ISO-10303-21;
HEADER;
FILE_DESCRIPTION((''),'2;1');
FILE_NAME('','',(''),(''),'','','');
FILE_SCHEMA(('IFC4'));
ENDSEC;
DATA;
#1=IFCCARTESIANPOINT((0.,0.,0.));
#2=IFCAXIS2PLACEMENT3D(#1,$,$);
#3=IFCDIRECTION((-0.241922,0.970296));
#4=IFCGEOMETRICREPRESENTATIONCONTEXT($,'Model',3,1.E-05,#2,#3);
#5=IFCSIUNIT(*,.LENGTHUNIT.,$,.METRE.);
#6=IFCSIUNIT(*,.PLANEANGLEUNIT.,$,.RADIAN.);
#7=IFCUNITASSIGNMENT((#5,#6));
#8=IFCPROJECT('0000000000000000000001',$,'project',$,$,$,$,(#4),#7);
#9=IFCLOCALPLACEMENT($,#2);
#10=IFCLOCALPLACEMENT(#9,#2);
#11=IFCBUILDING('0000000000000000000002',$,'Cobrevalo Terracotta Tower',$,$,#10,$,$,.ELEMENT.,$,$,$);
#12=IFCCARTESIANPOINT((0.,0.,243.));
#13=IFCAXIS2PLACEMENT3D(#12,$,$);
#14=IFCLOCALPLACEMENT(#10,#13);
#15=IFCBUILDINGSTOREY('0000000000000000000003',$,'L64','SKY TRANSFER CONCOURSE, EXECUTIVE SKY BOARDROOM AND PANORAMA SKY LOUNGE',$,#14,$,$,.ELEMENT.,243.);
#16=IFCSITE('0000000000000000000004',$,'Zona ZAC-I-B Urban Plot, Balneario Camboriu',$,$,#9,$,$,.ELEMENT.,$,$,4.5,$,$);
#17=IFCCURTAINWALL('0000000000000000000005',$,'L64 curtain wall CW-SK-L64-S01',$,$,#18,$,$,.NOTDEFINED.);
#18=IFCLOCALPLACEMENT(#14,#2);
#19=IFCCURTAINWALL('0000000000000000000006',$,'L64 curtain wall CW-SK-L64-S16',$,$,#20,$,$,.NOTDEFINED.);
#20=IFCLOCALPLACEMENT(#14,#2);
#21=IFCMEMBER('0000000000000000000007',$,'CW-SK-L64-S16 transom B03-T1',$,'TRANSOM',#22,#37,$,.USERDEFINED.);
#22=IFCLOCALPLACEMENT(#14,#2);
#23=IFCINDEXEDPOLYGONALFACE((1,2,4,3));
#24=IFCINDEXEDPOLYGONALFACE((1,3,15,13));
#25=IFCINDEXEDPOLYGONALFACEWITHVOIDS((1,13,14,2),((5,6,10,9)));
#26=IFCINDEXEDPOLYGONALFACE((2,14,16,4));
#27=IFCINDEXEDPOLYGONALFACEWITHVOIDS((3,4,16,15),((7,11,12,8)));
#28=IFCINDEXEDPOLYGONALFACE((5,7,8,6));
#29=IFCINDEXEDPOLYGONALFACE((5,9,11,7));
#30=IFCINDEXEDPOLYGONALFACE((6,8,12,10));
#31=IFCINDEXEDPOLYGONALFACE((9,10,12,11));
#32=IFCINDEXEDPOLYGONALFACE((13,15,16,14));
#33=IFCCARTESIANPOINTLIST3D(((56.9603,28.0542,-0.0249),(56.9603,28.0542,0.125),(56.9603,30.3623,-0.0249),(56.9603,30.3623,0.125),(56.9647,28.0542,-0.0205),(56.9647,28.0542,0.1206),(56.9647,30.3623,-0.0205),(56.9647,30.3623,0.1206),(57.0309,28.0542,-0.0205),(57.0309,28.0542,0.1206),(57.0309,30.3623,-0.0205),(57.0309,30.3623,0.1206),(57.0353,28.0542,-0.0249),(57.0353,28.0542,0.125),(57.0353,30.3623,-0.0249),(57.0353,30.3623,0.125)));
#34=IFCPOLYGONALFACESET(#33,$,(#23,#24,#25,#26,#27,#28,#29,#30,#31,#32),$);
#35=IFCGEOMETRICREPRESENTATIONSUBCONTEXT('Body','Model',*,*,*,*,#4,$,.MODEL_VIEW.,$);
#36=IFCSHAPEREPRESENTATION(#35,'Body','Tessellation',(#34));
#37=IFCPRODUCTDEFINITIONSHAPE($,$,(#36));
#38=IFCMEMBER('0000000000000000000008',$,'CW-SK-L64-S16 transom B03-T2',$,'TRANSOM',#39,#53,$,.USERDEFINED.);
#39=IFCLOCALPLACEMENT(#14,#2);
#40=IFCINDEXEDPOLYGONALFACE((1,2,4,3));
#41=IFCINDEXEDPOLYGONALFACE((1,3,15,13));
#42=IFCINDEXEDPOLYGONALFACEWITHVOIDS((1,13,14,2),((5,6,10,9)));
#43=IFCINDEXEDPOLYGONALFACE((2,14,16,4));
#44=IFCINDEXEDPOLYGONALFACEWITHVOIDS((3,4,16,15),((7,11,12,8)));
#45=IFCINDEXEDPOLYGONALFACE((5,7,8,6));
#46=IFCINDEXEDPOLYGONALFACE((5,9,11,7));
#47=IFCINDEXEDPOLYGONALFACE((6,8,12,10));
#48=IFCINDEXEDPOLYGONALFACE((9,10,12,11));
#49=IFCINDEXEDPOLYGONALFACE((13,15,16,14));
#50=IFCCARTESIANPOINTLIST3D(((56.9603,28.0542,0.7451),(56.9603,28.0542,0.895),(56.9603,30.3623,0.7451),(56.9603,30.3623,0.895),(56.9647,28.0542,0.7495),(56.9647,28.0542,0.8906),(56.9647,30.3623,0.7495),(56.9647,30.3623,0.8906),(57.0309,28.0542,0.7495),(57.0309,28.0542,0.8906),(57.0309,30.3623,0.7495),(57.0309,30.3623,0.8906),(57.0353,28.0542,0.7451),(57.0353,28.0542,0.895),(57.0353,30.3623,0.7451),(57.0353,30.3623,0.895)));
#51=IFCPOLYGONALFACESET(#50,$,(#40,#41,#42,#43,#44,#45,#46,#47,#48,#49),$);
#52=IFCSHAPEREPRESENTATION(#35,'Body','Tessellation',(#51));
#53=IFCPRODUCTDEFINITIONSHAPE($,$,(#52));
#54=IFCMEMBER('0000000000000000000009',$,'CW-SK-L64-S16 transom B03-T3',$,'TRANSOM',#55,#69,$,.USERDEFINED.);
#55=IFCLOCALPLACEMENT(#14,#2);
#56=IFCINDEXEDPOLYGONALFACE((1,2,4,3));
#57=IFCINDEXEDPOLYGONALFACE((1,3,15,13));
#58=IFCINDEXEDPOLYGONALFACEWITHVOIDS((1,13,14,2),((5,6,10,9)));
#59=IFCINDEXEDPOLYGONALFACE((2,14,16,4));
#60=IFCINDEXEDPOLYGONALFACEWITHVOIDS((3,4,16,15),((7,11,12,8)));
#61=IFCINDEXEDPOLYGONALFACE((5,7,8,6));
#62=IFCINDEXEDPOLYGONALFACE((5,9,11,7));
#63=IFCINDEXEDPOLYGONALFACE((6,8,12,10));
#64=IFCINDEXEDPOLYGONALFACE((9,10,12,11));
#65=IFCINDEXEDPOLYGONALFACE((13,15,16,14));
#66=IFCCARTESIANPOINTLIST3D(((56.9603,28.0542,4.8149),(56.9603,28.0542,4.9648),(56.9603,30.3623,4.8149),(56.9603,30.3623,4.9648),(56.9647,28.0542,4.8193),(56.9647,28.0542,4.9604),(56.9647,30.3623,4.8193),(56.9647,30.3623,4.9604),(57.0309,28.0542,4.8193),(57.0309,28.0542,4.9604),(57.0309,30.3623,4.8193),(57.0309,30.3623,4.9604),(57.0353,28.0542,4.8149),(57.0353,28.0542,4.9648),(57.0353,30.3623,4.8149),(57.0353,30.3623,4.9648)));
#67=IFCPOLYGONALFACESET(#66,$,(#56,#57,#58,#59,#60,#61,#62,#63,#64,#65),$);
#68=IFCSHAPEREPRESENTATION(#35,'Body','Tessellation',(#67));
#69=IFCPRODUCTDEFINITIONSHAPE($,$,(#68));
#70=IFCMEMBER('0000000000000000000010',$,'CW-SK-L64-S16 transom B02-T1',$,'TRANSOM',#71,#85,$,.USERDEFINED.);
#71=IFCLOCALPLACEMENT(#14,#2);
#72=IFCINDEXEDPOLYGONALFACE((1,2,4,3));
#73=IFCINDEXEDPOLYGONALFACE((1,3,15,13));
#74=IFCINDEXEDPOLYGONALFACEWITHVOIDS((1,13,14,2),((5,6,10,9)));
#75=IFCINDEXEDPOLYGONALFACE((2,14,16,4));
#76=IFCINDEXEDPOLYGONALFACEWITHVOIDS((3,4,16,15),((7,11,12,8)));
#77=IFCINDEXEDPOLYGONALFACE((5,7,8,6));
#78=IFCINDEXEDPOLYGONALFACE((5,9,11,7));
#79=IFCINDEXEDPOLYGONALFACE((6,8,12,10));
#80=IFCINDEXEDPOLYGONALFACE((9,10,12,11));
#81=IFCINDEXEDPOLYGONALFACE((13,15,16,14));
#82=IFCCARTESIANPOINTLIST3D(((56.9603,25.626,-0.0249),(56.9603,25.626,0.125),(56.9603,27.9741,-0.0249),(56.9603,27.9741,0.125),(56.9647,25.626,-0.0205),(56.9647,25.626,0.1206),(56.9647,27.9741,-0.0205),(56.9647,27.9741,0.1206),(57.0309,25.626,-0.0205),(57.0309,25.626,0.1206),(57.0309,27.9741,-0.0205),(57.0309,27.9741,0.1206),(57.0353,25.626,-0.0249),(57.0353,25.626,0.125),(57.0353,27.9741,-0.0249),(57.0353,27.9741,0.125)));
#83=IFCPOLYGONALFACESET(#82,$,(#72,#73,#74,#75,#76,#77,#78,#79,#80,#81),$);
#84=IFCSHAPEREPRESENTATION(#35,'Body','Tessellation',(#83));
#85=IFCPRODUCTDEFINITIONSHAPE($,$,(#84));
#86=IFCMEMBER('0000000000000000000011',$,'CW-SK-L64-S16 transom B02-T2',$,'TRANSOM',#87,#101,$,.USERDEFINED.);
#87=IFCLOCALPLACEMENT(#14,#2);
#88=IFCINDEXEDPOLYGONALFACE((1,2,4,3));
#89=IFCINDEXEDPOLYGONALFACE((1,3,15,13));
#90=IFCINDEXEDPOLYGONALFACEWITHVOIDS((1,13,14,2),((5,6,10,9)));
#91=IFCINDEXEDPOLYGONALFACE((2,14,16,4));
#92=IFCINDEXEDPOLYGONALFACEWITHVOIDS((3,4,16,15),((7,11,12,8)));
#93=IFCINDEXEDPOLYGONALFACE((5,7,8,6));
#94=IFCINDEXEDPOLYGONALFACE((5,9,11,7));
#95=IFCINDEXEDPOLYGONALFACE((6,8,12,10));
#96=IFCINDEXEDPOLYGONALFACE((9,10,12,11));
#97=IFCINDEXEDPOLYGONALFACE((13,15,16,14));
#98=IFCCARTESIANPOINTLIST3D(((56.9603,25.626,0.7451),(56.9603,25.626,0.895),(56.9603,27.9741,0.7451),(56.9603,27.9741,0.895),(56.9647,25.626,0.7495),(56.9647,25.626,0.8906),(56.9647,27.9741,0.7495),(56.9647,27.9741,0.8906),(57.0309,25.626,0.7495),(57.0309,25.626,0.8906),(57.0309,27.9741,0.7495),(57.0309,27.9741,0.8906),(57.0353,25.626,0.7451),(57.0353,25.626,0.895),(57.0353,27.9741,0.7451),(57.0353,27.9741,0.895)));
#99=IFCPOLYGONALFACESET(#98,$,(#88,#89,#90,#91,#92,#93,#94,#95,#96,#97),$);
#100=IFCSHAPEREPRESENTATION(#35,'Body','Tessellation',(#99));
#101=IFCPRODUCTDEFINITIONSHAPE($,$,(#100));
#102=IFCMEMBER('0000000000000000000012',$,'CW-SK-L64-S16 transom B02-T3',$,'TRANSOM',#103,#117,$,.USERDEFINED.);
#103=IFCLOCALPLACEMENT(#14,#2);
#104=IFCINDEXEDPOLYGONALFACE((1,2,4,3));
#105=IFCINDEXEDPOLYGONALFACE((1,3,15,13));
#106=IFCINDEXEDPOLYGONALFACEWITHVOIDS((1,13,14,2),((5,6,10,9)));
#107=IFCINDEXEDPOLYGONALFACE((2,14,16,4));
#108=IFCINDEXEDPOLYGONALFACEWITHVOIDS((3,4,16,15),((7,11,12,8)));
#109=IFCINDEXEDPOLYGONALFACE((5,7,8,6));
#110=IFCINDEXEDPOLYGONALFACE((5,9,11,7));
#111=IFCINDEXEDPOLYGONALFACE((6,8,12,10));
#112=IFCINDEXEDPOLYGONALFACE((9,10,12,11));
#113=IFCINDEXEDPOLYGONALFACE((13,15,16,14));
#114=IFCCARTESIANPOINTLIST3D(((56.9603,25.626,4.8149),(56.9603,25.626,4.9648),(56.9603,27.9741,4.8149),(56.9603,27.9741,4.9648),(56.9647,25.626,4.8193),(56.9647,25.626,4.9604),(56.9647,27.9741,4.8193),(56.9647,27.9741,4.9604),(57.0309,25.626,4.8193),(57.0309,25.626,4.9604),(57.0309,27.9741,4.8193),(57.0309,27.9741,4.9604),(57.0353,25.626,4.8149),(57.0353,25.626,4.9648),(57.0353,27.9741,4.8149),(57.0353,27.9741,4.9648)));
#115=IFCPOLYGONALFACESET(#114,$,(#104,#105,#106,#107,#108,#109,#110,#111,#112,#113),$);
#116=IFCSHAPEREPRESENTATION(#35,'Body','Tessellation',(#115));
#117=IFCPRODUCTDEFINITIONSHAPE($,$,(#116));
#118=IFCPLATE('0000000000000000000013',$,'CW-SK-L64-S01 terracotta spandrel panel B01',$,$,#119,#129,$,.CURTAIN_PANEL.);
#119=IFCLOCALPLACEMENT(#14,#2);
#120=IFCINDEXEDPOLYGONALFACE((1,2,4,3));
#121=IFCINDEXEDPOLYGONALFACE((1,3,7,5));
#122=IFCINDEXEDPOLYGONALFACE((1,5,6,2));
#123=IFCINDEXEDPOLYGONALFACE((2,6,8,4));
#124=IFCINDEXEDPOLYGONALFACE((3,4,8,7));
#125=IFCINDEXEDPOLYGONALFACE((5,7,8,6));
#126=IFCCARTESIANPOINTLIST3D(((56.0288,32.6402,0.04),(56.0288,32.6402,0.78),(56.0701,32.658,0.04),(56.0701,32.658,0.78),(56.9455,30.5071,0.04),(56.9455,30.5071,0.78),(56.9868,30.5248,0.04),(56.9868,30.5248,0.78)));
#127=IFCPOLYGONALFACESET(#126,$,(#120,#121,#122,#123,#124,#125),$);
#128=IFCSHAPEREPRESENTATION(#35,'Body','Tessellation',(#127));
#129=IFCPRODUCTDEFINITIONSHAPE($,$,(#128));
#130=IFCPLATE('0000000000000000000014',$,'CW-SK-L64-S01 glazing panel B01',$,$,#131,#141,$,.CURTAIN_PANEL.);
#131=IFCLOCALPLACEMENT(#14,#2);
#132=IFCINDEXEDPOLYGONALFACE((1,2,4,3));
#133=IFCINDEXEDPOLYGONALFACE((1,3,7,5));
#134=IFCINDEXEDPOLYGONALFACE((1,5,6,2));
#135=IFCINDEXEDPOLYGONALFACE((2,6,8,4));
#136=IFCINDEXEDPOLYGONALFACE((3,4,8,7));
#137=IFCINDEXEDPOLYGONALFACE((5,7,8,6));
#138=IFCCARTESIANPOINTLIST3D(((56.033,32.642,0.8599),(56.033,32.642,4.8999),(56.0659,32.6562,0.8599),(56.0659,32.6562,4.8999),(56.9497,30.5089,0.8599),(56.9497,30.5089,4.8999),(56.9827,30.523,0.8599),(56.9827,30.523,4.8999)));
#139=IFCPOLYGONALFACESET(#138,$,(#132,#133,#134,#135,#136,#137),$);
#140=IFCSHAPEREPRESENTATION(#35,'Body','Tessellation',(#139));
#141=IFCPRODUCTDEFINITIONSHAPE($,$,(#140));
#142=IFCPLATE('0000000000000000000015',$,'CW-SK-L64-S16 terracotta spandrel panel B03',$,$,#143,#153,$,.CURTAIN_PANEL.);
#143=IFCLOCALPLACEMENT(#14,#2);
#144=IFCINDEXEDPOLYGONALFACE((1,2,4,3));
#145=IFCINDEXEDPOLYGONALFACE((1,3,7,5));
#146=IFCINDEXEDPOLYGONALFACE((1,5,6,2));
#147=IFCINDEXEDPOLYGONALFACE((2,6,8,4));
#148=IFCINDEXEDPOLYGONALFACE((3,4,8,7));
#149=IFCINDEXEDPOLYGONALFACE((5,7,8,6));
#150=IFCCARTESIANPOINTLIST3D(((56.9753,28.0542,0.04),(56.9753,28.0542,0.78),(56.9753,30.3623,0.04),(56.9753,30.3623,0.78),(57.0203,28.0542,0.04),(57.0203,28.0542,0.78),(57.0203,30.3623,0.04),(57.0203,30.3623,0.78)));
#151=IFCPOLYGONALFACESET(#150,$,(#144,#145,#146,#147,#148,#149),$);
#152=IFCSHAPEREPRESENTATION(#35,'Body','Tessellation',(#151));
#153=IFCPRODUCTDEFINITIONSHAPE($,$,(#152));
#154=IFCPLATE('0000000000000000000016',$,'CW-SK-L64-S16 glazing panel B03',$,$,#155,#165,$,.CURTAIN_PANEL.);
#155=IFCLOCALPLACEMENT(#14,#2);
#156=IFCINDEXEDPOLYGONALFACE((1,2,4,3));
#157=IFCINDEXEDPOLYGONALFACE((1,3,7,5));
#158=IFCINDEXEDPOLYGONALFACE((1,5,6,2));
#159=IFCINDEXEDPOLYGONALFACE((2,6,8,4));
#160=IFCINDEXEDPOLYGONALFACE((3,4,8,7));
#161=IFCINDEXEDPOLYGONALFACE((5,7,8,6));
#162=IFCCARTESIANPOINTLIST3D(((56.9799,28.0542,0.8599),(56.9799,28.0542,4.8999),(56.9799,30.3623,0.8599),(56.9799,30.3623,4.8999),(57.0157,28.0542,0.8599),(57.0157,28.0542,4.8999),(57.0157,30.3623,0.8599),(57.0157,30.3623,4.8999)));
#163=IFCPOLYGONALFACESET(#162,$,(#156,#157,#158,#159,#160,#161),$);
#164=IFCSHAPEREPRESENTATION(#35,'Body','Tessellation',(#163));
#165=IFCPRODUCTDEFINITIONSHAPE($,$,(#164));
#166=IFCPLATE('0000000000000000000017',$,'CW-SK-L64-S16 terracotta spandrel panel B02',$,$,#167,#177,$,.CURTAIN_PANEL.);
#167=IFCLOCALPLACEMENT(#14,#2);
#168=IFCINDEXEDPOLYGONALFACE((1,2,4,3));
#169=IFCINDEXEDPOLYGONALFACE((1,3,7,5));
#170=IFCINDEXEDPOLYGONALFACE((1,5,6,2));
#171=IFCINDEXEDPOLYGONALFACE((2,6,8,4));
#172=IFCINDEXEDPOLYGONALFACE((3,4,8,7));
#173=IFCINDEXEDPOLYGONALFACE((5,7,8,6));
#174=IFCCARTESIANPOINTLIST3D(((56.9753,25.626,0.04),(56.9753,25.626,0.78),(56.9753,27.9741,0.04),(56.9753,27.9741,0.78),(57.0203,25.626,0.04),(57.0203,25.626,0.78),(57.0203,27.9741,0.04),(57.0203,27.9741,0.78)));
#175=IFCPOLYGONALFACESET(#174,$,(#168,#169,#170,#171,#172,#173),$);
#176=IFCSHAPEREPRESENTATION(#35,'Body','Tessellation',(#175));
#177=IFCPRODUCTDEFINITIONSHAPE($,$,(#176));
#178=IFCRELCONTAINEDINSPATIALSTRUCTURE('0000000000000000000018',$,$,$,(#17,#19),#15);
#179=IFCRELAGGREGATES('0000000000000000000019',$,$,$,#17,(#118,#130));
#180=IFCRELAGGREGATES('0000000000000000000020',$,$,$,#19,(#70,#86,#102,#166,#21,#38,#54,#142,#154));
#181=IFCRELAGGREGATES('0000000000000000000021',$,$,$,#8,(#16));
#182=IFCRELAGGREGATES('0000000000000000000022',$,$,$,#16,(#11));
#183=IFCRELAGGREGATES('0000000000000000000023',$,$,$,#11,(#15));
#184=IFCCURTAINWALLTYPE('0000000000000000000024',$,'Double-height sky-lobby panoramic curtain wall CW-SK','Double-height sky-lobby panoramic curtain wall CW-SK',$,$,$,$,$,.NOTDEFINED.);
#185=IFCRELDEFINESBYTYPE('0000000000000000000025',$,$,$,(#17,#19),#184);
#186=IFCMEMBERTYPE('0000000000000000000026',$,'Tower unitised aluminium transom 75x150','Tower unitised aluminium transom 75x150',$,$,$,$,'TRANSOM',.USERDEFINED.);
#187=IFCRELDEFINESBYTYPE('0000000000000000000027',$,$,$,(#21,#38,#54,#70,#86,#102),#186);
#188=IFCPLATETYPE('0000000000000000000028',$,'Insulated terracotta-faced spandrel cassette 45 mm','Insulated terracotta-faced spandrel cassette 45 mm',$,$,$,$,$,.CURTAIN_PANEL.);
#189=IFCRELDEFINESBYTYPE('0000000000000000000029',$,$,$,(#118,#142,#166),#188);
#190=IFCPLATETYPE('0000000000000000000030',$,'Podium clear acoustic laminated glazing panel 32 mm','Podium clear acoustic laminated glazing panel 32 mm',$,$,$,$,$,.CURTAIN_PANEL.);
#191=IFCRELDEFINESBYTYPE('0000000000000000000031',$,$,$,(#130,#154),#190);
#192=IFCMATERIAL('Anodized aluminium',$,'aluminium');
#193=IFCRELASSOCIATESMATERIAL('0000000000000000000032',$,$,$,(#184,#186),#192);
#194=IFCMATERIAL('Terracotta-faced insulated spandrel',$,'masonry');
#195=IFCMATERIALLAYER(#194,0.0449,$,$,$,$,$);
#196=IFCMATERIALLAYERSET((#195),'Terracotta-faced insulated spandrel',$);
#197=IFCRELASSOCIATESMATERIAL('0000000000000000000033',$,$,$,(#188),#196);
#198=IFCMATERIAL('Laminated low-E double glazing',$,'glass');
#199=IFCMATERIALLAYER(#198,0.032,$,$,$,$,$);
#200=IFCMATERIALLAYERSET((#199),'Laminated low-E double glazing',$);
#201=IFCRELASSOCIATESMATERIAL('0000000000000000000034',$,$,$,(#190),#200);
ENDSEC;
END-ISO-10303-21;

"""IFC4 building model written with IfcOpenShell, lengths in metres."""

from ifc_helpers import new_model, si_unit, direction, frame, origin, origin_2d, place, context, subcontext, project, spatial, rectangle, hollow_rectangle, extrude, source, transform, mapped, material, layer, layer_set, material_profile, profile_set, type_object, element, aggregate, save


model = new_model("IFC4")

# Units and contexts
model_context = context("Model", 3, precision=1e-05, world=origin(), true_north=direction((-0.241922, 0.970296)))
body_context = subcontext(model_context, "Body", "Model", "MODEL_VIEW")
ifc_project = project(units=[si_unit("LENGTHUNIT", "METRE"), si_unit("PLANEANGLEUNIT", "RADIAN")], contexts=[model_context])

# Site, building, storey
site_placement = place(None, origin())
site = spatial("IfcSite", under=ifc_project, at=site_placement, Name="Zona ZAC-I-B Urban Plot, Balneario Camboriu", CompositionType="ELEMENT", RefElevation=4.5)
building_placement = place(site_placement, origin())
building = spatial("IfcBuilding", under=site, at=building_placement, Name="Cobrevalo Terracotta Tower", CompositionType="ELEMENT")
storey_placement = place(building_placement, frame((0.0, 0.0, 243.0)))
storey = spatial("IfcBuildingStorey", under=building, at=storey_placement, Name="L64", Description="SKY TRANSFER CONCOURSE, EXECUTIVE SKY BOARDROOM AND PANORAMA SKY LOUNGE", CompositionType="ELEMENT", Elevation=243.0)

# Curtain walls
ifc_material_1 = material(Name="Anodized aluminium", Category="aluminium")
curtain_wall_type = type_object("IfcCurtainWallType", Name="Double-height sky-lobby panoramic curtain wall CW-SK", Description="Double-height sky-lobby panoramic curtain wall CW-SK", PredefinedType="NOTDEFINED", material=ifc_material_1)
curtain_wall_1_placement = place(storey_placement, origin())
curtain_wall_1 = element("IfcCurtainWall", 1, at=curtain_wall_1_placement, inside=storey, type_object=curtain_wall_type, Name="L64 curtain wall CW-SK-L64-S01", PredefinedType="NOTDEFINED")
curtain_wall_2_placement = place(storey_placement, origin())
curtain_wall_2 = element("IfcCurtainWall", 2, at=curtain_wall_2_placement, inside=storey, type_object=curtain_wall_type, Name="L64 curtain wall CW-SK-L64-S16", PredefinedType="NOTDEFINED")

# Members
ifc_material_profile_1 = material_profile(ifc_material_1, hollow_rectangle(XDim=0.075, YDim=0.1499, WallThickness=0.0044, at=origin_2d()), Name="CWT 75x150")
ifc_profile_set_1 = profile_set([ifc_material_profile_1], Name="Anodized aluminium")
member_type_1 = type_object("IfcMemberType", Name="Tower unitised aluminium transom 75x150", Description="Tower unitised aluminium transom 75x150", ElementType="TRANSOM", PredefinedType="USERDEFINED", material=ifc_profile_set_1)
shared_shape_1 = source(origin(), body_context, "Body", "SweptSolid", [
    extrude(hollow_rectangle(XDim=0.075, YDim=0.1499, WallThickness=0.0044, at=origin_2d()), origin(), (0.0, 0.0, 1.0), 2.3081),
])
member_1_placement = place(storey_placement, frame((56.9978, 28.0542, 0.05), z_axis=(0.0, 1.0, 0.0), x_axis=(-1.0, 0.0, 0.0)))
member_1 = element("IfcMember", 3, at=member_1_placement, type_object=member_type_1, Name="CW-SK-L64-S16 transom B03-T1", ObjectType="TRANSOM", PredefinedType="USERDEFINED", context=body_context, shape_type="MappedRepresentation", body=[
    mapped(shared_shape_1, transform((0.0, 0.0, 0.0), scale=1.0)),
])
member_2_placement = place(storey_placement, frame((56.9978, 28.0542, 0.8201), z_axis=(0.0, 1.0, 0.0), x_axis=(-1.0, 0.0, 0.0)))
member_2 = element("IfcMember", 4, at=member_2_placement, type_object=member_type_1, Name="CW-SK-L64-S16 transom B03-T2", ObjectType="TRANSOM", PredefinedType="USERDEFINED", context=body_context, shape_type="MappedRepresentation", body=[
    mapped(shared_shape_1, transform((0.0, 0.0, 0.0), scale=1.0)),
])
member_3_placement = place(storey_placement, frame((56.9978, 28.0542, 4.8899), z_axis=(0.0, 1.0, 0.0), x_axis=(-1.0, 0.0, 0.0)))
member_3 = element("IfcMember", 5, at=member_3_placement, type_object=member_type_1, Name="CW-SK-L64-S16 transom B03-T3", ObjectType="TRANSOM", PredefinedType="USERDEFINED", context=body_context, shape_type="MappedRepresentation", body=[
    mapped(shared_shape_1, transform((0.0, 0.0, 0.0), scale=1.0)),
])
shared_shape_2 = source(origin(), body_context, "Body", "SweptSolid", [
    extrude(hollow_rectangle(XDim=0.075, YDim=0.1499, WallThickness=0.0044, at=origin_2d()), origin(), (0.0, 0.0, 1.0), 2.3481),
])
member_4_placement = place(storey_placement, frame((56.9978, 25.626, 0.05), z_axis=(0.0, 1.0, 0.0), x_axis=(-1.0, 0.0, 0.0)))
member_4 = element("IfcMember", 6, at=member_4_placement, type_object=member_type_1, Name="CW-SK-L64-S16 transom B02-T1", ObjectType="TRANSOM", PredefinedType="USERDEFINED", context=body_context, shape_type="MappedRepresentation", body=[
    mapped(shared_shape_2, transform((0.0, 0.0, 0.0), scale=1.0)),
])
member_5_placement = place(storey_placement, frame((56.9978, 25.626, 0.8201), z_axis=(0.0, 1.0, 0.0), x_axis=(-1.0, 0.0, 0.0)))
member_5 = element("IfcMember", 7, at=member_5_placement, type_object=member_type_1, Name="CW-SK-L64-S16 transom B02-T2", ObjectType="TRANSOM", PredefinedType="USERDEFINED", context=body_context, shape_type="MappedRepresentation", body=[
    mapped(shared_shape_2, transform((0.0, 0.0, 0.0), scale=1.0)),
])
member_6_placement = place(storey_placement, frame((56.9978, 25.626, 4.8899), z_axis=(0.0, 1.0, 0.0), x_axis=(-1.0, 0.0, 0.0)))
member_6 = element("IfcMember", 8, at=member_6_placement, type_object=member_type_1, Name="CW-SK-L64-S16 transom B02-T3", ObjectType="TRANSOM", PredefinedType="USERDEFINED", context=body_context, shape_type="MappedRepresentation", body=[
    mapped(shared_shape_2, transform((0.0, 0.0, 0.0), scale=1.0)),
])

# Plates
ifc_material_2 = material(Name="Terracotta-faced insulated spandrel", Category="masonry")
ifc_layer_1 = layer(ifc_material_2, 0.0449)
ifc_layer_set_1 = layer_set([ifc_layer_1], Name="Terracotta-faced insulated spandrel")
plate_type_1 = type_object("IfcPlateType", Name="Insulated terracotta-faced spandrel cassette 45 mm", Description="Insulated terracotta-faced spandrel cassette 45 mm", PredefinedType="CURTAIN_PANEL", material=ifc_layer_set_1)
shared_shape_3 = source(origin(), body_context, "Body", "SweptSolid", [
    extrude(rectangle(XDim=2.3218, YDim=0.0449, at=origin_2d()), origin(), (0.0, 0.0, 1.0), 0.74),
])
plate_1_placement = place(storey_placement, frame((56.5078, 31.5825, 0.04), z_axis=(0.0, 0.0, 1.0), x_axis=(-0.394829, 0.918755, 0.0)))
plate_1 = element("IfcPlate", 9, at=plate_1_placement, type_object=plate_type_1, Name="CW-SK-L64-S01 terracotta spandrel panel B01", PredefinedType="CURTAIN_PANEL", context=body_context, shape_type="MappedRepresentation", body=[
    mapped(shared_shape_3, transform((0.0, 0.0, 0.0), scale=1.0)),
])
ifc_material_3 = material(Name="Laminated low-E double glazing", Category="glass")
ifc_layer_2 = layer(ifc_material_3, 0.032)
ifc_layer_set_2 = layer_set([ifc_layer_2], Name="Laminated low-E double glazing")
plate_type_2 = type_object("IfcPlateType", Name="Podium clear acoustic laminated glazing panel 32 mm", Description="Podium clear acoustic laminated glazing panel 32 mm", PredefinedType="CURTAIN_PANEL", material=ifc_layer_set_2)
shared_shape_4 = source(origin(), body_context, "Body", "SweptSolid", [
    extrude(rectangle(XDim=2.3218, YDim=0.0359, at=origin_2d()), origin(), (0.0, 0.0, 1.0), 4.04),
])
plate_2_placement = place(storey_placement, frame((56.5078, 31.5825, 0.8599), z_axis=(0.0, 0.0, 1.0), x_axis=(-0.394829, 0.918755, 0.0)))
plate_2 = element("IfcPlate", 10, at=plate_2_placement, type_object=plate_type_2, Name="CW-SK-L64-S01 glazing panel B01", PredefinedType="CURTAIN_PANEL", context=body_context, shape_type="MappedRepresentation", body=[
    mapped(shared_shape_4, transform((0.0, 0.0, 0.0), scale=1.0)),
])
aggregate(curtain_wall_1, [plate_1, plate_2])
shared_shape_5 = source(origin(), body_context, "Body", "SweptSolid", [
    extrude(rectangle(XDim=2.3081, YDim=0.0449, at=origin_2d()), origin(), (0.0, 0.0, 1.0), 0.74),
])
plate_3_placement = place(storey_placement, frame((56.9978, 29.2083, 0.04), z_axis=(0.0, 0.0, 1.0), x_axis=(0.0, 1.0, 0.0)))
plate_3 = element("IfcPlate", 11, at=plate_3_placement, type_object=plate_type_1, Name="CW-SK-L64-S16 terracotta spandrel panel B03", PredefinedType="CURTAIN_PANEL", context=body_context, shape_type="MappedRepresentation", body=[
    mapped(shared_shape_5, transform((0.0, 0.0, 0.0), scale=1.0)),
])
shared_shape_6 = source(origin(), body_context, "Body", "SweptSolid", [
    extrude(rectangle(XDim=2.3081, YDim=0.0359, at=origin_2d()), origin(), (0.0, 0.0, 1.0), 4.04),
])
plate_4_placement = place(storey_placement, frame((56.9978, 29.2083, 0.8599), z_axis=(0.0, 0.0, 1.0), x_axis=(0.0, 1.0, 0.0)))
plate_4 = element("IfcPlate", 12, at=plate_4_placement, type_object=plate_type_2, Name="CW-SK-L64-S16 glazing panel B03", PredefinedType="CURTAIN_PANEL", context=body_context, shape_type="MappedRepresentation", body=[
    mapped(shared_shape_6, transform((0.0, 0.0, 0.0), scale=1.0)),
])
shared_shape_7 = source(origin(), body_context, "Body", "SweptSolid", [
    extrude(rectangle(XDim=2.3481, YDim=0.0449, at=origin_2d()), origin(), (0.0, 0.0, 1.0), 0.74),
])
plate_5_placement = place(storey_placement, frame((56.9978, 26.8, 0.04), z_axis=(0.0, 0.0, 1.0), x_axis=(0.0, 1.0, 0.0)))
plate_5 = element("IfcPlate", 13, at=plate_5_placement, type_object=plate_type_1, Name="CW-SK-L64-S16 terracotta spandrel panel B02", PredefinedType="CURTAIN_PANEL", context=body_context, shape_type="MappedRepresentation", body=[
    mapped(shared_shape_7, transform((0.0, 0.0, 0.0), scale=1.0)),
])
aggregate(curtain_wall_2, [member_4, member_5, member_6, plate_5, member_1, member_2, member_3, plate_3, plate_4])

save(model, "model.ifc")
